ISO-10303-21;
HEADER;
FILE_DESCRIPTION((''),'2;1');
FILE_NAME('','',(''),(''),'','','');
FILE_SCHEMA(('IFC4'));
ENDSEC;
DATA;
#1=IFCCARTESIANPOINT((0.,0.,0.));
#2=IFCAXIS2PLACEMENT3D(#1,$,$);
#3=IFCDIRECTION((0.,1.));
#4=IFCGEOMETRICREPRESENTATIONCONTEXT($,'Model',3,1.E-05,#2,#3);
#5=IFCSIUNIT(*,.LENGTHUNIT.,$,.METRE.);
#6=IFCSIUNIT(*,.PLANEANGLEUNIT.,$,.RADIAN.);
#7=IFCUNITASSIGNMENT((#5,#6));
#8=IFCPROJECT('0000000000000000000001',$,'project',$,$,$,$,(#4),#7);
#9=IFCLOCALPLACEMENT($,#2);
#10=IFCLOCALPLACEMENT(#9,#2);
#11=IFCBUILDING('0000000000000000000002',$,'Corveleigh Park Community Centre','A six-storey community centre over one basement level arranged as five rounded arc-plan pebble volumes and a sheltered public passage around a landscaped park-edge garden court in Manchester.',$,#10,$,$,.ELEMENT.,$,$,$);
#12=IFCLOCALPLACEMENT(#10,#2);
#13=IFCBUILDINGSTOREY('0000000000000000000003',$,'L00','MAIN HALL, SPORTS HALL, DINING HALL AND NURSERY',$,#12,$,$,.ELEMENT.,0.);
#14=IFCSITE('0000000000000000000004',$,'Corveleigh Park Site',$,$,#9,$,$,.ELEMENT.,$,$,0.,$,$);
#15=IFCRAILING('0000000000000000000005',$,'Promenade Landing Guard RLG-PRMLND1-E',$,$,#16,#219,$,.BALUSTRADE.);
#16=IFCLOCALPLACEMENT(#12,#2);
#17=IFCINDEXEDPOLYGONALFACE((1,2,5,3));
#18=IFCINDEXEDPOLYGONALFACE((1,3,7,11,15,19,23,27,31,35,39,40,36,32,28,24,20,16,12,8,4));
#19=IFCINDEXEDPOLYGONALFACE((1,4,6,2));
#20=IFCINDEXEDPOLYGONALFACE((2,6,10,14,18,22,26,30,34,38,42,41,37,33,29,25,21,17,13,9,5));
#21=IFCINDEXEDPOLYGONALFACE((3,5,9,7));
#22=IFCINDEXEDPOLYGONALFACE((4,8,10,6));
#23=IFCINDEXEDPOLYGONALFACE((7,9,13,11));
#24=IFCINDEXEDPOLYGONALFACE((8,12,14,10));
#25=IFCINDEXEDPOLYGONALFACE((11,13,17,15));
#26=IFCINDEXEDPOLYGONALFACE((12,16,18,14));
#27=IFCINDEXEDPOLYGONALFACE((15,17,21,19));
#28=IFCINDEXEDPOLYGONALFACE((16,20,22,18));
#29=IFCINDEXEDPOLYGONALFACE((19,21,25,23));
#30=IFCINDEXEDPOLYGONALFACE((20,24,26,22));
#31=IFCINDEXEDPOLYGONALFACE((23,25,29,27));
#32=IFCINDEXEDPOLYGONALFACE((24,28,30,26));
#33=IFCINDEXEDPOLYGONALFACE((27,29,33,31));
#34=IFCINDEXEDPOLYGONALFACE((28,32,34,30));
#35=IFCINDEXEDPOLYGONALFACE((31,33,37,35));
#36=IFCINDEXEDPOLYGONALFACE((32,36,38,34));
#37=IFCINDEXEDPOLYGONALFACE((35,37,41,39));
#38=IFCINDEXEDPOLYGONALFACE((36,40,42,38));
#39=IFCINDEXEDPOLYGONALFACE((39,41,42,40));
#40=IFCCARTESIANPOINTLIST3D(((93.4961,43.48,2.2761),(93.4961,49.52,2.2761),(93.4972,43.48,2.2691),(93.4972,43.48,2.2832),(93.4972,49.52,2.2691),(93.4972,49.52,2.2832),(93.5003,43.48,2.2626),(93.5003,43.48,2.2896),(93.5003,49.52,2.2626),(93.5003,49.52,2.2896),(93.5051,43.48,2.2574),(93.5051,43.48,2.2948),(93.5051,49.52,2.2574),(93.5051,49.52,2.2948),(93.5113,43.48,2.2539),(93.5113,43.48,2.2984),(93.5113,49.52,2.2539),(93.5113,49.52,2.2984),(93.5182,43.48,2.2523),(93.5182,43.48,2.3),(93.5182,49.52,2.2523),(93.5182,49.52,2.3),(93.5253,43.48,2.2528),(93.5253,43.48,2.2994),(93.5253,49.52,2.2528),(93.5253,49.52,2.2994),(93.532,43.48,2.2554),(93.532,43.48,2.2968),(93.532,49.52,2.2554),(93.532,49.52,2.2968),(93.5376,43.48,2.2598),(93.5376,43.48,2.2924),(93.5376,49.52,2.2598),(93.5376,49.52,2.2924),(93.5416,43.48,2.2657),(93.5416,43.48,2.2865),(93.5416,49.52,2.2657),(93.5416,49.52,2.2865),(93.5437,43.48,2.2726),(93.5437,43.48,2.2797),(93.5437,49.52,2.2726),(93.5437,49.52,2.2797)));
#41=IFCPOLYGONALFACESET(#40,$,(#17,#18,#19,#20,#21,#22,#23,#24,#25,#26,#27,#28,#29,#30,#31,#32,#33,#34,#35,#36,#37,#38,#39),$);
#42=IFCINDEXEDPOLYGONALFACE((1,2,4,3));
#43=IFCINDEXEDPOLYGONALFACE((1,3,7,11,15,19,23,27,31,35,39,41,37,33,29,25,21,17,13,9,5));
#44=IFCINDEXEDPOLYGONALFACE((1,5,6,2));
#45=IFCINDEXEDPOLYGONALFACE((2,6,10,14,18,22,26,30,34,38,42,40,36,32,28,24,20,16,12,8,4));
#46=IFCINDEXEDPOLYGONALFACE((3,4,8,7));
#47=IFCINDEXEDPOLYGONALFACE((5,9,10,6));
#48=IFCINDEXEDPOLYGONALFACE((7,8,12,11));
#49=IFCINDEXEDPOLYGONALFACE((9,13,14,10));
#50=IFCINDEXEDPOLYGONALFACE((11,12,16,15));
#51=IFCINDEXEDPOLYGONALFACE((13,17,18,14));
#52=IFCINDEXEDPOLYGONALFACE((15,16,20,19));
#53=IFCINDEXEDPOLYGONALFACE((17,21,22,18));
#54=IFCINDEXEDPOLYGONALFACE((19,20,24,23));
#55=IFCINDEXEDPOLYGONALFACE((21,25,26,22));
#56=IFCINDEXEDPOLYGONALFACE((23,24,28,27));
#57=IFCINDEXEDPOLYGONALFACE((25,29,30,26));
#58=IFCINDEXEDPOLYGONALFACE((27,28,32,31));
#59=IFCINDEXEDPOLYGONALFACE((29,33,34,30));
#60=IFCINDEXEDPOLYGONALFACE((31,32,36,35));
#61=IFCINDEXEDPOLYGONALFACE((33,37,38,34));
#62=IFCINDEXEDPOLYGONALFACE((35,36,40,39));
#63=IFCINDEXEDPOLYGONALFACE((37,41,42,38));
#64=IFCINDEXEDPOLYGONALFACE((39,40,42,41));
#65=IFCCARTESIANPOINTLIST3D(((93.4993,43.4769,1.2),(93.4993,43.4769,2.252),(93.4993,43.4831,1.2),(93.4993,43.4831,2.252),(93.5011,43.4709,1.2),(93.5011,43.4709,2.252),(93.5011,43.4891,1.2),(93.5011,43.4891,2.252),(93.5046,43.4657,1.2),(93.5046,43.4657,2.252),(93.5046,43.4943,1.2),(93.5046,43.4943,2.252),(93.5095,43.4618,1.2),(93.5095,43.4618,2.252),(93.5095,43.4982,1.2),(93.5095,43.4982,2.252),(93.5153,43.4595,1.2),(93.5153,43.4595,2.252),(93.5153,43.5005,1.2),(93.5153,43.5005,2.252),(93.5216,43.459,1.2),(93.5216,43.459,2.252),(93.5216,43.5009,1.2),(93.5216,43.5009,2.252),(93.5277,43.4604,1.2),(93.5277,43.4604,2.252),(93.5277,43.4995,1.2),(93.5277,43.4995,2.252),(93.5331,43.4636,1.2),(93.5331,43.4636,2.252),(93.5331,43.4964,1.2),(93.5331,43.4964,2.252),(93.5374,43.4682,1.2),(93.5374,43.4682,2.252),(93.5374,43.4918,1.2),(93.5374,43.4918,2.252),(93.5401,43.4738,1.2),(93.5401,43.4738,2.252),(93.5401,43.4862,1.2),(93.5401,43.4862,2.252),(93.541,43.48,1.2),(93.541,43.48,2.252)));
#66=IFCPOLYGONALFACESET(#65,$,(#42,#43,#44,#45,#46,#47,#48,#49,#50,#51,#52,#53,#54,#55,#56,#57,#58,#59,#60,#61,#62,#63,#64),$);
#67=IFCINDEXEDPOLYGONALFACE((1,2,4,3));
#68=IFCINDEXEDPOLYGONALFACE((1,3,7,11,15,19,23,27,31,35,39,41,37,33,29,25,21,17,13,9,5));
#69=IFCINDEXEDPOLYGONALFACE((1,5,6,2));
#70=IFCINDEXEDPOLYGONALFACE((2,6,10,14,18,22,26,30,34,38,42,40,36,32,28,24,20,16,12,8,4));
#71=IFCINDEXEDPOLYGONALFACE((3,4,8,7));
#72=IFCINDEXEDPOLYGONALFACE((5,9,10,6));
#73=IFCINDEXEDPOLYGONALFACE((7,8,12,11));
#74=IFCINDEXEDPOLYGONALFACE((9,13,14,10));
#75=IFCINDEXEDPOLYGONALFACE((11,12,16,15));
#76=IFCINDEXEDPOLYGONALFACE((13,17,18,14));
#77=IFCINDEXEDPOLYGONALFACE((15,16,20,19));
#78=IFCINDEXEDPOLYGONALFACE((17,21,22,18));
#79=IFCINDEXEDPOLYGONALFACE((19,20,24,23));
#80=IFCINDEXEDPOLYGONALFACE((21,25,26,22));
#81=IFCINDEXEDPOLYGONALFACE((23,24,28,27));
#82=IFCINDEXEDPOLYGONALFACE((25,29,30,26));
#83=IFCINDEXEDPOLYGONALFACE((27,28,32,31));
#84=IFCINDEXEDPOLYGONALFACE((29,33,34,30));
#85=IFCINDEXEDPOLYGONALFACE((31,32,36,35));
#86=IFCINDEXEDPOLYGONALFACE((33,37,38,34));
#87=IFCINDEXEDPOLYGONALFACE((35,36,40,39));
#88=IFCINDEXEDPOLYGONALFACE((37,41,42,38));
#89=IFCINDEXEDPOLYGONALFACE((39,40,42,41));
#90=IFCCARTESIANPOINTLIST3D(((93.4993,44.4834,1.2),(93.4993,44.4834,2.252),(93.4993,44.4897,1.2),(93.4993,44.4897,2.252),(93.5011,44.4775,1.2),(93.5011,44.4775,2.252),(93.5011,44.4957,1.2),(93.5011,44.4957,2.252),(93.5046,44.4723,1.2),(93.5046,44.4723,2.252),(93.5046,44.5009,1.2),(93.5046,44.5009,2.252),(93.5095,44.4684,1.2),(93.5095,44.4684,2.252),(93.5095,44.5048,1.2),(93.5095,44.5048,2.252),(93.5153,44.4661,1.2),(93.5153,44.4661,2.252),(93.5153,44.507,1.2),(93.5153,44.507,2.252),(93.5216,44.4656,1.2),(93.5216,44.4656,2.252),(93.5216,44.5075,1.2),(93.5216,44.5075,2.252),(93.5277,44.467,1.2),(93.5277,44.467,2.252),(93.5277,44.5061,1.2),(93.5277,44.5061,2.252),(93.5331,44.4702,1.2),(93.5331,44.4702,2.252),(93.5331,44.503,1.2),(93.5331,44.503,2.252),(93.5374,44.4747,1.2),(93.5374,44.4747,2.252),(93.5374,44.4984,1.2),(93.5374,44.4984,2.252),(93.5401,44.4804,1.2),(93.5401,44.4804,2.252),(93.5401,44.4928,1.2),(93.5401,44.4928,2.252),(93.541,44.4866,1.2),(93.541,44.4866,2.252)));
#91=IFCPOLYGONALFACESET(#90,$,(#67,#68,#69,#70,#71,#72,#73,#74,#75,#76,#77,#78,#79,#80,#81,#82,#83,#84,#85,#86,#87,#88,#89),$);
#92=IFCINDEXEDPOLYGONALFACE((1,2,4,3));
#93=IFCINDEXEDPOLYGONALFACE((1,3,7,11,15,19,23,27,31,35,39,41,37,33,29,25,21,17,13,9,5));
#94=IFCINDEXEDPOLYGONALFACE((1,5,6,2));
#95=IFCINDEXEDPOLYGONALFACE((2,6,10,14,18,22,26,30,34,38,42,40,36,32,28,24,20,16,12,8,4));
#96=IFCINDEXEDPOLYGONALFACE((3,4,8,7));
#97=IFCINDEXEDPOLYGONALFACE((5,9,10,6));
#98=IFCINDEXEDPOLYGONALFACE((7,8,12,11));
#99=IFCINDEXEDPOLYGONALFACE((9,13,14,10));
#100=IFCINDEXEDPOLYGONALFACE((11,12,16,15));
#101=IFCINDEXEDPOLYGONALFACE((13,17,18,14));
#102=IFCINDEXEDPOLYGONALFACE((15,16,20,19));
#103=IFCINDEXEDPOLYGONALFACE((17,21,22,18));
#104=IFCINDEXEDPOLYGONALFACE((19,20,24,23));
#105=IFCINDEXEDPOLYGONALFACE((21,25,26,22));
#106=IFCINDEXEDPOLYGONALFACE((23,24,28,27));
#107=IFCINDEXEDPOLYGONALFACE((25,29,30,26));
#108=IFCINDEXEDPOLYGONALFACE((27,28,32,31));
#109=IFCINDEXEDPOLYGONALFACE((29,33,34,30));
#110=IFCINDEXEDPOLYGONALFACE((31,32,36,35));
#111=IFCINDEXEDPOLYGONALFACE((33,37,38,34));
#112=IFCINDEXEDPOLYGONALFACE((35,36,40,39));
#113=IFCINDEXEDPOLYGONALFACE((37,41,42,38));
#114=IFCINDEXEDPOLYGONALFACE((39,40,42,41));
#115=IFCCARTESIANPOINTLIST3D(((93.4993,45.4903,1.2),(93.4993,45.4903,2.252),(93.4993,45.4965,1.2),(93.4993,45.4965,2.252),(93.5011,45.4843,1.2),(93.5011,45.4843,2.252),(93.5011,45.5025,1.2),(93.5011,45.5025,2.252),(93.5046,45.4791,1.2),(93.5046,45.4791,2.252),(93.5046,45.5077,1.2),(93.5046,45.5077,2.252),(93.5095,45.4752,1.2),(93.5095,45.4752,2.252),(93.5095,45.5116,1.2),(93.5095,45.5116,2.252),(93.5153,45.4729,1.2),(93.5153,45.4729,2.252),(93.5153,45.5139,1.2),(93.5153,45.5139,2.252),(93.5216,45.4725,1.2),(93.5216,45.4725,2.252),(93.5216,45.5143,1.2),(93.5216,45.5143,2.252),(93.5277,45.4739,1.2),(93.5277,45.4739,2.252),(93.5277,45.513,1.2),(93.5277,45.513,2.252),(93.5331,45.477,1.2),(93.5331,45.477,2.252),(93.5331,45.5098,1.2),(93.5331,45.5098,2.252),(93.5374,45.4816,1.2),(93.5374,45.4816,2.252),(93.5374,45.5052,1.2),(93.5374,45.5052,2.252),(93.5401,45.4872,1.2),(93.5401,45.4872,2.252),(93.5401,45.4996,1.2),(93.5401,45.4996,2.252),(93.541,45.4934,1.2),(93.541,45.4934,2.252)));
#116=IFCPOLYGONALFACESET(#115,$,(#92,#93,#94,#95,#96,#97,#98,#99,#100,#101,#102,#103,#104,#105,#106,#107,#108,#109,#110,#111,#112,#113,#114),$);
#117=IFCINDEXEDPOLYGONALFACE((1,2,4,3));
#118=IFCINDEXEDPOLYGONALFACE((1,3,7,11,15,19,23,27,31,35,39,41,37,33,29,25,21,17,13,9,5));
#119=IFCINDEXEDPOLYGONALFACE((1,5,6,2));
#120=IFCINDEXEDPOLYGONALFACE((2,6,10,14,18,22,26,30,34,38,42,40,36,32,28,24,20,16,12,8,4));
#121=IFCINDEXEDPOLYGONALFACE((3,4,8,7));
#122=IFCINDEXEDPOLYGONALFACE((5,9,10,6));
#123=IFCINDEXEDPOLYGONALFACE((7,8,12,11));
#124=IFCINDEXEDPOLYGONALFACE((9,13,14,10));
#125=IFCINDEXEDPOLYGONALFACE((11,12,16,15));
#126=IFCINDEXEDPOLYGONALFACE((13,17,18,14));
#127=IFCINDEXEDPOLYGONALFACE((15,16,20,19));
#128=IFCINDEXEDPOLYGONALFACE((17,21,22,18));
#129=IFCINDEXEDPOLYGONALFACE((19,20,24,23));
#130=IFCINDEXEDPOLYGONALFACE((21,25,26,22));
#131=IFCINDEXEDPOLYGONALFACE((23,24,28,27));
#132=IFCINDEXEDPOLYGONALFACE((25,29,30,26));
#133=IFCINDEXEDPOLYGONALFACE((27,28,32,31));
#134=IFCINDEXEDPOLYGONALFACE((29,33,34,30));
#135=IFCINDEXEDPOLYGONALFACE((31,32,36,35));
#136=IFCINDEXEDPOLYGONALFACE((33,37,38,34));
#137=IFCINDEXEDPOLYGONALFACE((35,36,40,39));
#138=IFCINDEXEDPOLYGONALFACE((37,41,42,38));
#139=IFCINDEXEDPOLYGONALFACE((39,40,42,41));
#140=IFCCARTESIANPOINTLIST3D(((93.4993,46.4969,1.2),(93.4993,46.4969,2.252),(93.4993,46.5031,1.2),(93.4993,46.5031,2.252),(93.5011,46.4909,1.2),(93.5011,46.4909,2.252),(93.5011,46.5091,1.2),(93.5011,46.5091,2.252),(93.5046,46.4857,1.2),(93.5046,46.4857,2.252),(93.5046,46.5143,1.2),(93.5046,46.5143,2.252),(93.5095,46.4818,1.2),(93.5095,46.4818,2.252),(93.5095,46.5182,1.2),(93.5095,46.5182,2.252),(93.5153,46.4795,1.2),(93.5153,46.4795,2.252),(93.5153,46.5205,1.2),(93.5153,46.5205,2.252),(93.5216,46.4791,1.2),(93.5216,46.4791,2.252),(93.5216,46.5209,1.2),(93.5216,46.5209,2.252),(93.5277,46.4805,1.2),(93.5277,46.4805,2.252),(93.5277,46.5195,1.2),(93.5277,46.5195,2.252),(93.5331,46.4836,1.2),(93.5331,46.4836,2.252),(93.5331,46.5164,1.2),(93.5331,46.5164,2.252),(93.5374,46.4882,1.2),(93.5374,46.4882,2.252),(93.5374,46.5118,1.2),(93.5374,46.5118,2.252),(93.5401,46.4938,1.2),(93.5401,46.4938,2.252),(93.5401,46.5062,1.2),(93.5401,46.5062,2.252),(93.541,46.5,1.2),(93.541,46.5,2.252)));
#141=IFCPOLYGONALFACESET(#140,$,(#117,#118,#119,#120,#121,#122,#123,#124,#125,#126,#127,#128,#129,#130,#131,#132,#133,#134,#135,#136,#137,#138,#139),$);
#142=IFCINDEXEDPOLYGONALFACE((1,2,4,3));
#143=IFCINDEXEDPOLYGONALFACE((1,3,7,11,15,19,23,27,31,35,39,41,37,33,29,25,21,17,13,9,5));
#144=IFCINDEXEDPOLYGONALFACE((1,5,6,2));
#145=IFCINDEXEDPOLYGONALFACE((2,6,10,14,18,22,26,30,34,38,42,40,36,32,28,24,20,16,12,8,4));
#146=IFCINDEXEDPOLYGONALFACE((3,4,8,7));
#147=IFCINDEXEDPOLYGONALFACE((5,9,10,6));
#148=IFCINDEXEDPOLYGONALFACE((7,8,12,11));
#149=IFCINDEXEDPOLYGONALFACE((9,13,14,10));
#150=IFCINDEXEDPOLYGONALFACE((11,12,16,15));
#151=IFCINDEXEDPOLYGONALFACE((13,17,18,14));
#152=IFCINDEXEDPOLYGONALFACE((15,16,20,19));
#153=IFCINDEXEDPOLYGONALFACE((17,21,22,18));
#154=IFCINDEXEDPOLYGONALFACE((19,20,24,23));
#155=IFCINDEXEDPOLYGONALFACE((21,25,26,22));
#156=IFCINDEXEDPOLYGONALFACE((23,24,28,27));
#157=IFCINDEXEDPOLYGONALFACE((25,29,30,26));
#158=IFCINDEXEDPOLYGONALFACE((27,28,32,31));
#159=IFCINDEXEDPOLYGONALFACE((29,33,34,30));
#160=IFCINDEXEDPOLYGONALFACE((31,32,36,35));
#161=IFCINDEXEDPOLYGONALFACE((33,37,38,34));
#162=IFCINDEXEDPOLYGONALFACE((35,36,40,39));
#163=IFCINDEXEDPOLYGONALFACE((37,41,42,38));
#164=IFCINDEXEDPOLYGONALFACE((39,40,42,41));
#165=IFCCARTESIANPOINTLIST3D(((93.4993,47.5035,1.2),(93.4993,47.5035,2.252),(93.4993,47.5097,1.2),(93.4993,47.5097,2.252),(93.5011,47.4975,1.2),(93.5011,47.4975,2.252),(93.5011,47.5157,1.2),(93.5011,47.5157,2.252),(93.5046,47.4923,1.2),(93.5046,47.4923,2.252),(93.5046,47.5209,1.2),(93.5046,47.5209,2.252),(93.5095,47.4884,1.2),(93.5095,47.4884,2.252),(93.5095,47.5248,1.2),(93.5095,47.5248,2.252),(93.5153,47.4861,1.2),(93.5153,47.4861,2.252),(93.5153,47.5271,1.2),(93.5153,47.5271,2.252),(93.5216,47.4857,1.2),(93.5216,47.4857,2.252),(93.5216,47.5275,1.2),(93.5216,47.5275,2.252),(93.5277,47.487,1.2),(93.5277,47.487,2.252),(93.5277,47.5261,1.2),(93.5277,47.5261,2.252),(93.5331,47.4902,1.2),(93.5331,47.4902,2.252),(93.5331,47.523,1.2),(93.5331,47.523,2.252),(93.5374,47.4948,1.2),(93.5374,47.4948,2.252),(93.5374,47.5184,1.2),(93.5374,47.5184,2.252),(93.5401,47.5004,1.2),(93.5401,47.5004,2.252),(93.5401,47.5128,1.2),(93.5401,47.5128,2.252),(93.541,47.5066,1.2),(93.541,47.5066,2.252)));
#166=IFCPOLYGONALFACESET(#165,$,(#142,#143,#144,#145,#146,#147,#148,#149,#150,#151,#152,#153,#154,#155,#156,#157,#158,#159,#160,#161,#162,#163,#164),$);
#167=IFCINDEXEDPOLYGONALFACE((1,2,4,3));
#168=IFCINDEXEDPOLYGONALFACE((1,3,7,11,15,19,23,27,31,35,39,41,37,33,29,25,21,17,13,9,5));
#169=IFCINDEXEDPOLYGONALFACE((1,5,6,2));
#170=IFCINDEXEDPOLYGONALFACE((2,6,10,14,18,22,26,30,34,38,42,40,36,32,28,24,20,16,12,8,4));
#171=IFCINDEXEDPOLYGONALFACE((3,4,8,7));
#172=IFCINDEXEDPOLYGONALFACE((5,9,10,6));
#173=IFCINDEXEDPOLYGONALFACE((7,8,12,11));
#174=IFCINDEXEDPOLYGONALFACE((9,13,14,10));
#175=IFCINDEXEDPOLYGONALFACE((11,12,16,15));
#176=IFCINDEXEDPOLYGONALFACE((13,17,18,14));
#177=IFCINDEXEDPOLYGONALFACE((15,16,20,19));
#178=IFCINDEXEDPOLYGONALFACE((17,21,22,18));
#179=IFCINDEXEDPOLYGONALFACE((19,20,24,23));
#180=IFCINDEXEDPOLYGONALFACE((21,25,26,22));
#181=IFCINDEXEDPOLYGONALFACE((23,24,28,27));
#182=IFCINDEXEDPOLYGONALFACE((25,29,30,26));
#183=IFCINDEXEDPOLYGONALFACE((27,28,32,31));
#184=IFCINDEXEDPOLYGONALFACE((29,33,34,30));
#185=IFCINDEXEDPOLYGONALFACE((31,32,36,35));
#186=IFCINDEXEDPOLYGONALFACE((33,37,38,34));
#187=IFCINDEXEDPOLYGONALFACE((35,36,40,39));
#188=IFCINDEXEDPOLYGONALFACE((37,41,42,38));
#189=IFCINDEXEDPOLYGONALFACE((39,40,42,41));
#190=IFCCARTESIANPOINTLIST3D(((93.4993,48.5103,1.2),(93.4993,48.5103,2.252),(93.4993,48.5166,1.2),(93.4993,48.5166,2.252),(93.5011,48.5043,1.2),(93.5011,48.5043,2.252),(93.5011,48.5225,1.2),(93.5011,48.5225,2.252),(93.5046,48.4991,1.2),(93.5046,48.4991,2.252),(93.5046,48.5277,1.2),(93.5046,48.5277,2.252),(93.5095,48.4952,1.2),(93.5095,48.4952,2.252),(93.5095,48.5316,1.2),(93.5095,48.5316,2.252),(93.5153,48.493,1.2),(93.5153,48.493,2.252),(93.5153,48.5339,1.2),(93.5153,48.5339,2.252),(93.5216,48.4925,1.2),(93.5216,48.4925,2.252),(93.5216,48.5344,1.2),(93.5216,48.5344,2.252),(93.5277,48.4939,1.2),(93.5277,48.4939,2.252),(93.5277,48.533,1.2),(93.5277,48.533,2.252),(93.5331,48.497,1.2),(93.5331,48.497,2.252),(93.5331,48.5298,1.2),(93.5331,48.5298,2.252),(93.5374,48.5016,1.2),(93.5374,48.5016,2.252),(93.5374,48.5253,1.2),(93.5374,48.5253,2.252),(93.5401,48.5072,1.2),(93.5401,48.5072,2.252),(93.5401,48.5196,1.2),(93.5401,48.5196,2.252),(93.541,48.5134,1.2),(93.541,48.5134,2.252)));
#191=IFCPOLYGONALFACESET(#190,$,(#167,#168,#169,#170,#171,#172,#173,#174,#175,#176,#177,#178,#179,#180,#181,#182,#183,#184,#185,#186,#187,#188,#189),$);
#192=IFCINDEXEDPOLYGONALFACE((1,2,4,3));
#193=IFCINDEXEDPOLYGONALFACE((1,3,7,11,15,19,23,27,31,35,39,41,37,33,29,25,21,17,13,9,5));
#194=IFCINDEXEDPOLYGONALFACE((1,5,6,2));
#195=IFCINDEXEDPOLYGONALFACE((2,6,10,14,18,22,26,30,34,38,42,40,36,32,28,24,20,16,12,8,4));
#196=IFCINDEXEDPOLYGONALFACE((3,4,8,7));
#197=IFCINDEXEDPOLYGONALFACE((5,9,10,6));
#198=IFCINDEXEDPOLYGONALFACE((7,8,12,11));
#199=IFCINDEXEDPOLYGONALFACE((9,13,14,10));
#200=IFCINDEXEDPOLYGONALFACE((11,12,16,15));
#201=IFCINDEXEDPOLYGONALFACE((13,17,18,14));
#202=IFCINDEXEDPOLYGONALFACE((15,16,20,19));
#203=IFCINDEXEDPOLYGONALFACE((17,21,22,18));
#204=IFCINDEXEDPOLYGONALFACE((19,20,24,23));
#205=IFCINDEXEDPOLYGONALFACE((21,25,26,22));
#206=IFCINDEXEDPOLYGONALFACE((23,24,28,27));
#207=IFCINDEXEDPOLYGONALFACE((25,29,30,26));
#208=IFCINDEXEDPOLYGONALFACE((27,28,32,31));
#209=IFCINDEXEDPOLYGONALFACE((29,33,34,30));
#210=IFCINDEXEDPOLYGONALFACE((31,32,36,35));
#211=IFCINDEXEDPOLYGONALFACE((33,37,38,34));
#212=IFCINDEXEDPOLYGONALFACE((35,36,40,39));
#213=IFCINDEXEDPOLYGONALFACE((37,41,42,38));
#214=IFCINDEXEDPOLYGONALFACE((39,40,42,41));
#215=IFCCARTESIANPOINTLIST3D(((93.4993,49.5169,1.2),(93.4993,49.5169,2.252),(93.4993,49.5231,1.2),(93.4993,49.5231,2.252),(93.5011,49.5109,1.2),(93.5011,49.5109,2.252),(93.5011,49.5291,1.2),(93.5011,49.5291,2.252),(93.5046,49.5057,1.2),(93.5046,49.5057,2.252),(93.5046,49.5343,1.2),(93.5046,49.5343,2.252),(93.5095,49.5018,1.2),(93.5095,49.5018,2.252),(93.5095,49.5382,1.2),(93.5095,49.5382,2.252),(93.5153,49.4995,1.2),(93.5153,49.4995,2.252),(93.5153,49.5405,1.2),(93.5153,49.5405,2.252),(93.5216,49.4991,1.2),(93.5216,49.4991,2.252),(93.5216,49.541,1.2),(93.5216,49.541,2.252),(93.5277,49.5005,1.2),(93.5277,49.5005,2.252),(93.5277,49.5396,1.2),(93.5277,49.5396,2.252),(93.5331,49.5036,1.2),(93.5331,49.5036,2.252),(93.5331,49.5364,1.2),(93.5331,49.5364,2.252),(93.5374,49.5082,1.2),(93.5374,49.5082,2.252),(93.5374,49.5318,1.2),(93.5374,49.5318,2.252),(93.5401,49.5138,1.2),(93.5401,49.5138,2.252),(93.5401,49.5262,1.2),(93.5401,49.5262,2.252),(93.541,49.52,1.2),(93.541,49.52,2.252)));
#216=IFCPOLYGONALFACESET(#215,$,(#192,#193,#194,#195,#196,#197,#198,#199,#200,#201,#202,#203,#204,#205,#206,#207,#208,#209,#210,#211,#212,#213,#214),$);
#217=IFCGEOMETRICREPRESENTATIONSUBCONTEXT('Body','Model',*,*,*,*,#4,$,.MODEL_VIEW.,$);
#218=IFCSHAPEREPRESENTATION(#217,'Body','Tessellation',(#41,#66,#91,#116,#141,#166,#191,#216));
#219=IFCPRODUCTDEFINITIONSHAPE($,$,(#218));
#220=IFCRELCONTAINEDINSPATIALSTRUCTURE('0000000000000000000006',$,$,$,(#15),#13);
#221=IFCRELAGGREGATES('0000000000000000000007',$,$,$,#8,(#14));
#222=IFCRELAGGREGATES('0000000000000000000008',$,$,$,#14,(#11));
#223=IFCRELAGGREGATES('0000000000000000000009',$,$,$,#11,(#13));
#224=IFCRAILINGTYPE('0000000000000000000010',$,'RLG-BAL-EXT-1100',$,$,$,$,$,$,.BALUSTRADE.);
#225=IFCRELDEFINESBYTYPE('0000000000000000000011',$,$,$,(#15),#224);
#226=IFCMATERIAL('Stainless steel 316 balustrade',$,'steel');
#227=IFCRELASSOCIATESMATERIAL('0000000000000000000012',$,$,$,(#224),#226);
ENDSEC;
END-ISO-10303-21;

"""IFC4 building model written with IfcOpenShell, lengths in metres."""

from ifc_helpers import new_model, si_unit, direction, frame, origin, origin_2d, place, context, subcontext, project, spatial, circle, extrude, material, type_object, element, save


model = new_model("IFC4")

# Units and contexts
model_context = context("Model", 3, precision=1e-05, world=origin(), true_north=direction((0.0, 1.0)))
body_context = subcontext(model_context, "Body", "Model", "MODEL_VIEW")
ifc_project = project(units=[si_unit("LENGTHUNIT", "METRE"), si_unit("PLANEANGLEUNIT", "RADIAN")], contexts=[model_context])

# Site, building, storey
site_placement = place(None, origin())
site = spatial("IfcSite", under=ifc_project, at=site_placement, Name="Corveleigh Park Site", CompositionType="ELEMENT", RefElevation=0.0)
building_placement = place(site_placement, origin())
building = spatial("IfcBuilding", under=site, at=building_placement, Name="Corveleigh Park Community Centre", Description="A six-storey community centre over one basement level arranged as five rounded arc-plan pebble volumes and a sheltered public passage around a landscaped park-edge garden court in Manchester.", CompositionType="ELEMENT")
storey_placement = place(building_placement, origin())
storey = spatial("IfcBuildingStorey", under=building, at=storey_placement, Name="L00", Description="MAIN HALL, SPORTS HALL, DINING HALL AND NURSERY", CompositionType="ELEMENT", Elevation=0.0)

# Railing
ifc_material_1 = material(Name="Stainless steel 316 balustrade", Category="steel")
railing_type = type_object("IfcRailingType", Name="RLG-BAL-EXT-1100", PredefinedType="BALUSTRADE", material=ifc_material_1)
railing_1_placement = place(storey_placement, frame((93.52, 43.48, 1.2)))
element("IfcRailing", 1, at=railing_1_placement, inside=storey, type_object=railing_type, Name="Promenade Landing Guard RLG-PRMLND1-E", PredefinedType="BALUSTRADE", context=body_context, shape_type="SweptSolid", body=[
    extrude(circle(Radius=0.0239, at=origin_2d()), frame((0.0, 0.0, 1.0762), z_axis=(0.0, 1.0, 0.0), x_axis=(-1.0, 0.0, 0.0)), (0.0, 0.0, 1.0), 6.04),
    extrude(circle(Radius=0.021, at=origin_2d()), origin(), (0.0, 0.0, 1.0), 1.052),
    extrude(circle(Radius=0.021, at=origin_2d()), frame((0.0, 1.0066, 0.0)), (0.0, 0.0, 1.0), 1.052),
    extrude(circle(Radius=0.021, at=origin_2d()), frame((0.0, 2.0134, 0.0)), (0.0, 0.0, 1.0), 1.052),
    extrude(circle(Radius=0.021, at=origin_2d()), frame((0.0, 3.02, 0.0)), (0.0, 0.0, 1.0), 1.052),
    extrude(circle(Radius=0.021, at=origin_2d()), frame((0.0, 4.0266, 0.0)), (0.0, 0.0, 1.0), 1.052),
    extrude(circle(Radius=0.021, at=origin_2d()), frame((0.0, 5.0334, 0.0)), (0.0, 0.0, 1.0), 1.052),
    extrude(circle(Radius=0.021, at=origin_2d()), frame((0.0, 6.04, 0.0)), (0.0, 0.0, 1.0), 1.052),
])

save(model, "model.ifc")
